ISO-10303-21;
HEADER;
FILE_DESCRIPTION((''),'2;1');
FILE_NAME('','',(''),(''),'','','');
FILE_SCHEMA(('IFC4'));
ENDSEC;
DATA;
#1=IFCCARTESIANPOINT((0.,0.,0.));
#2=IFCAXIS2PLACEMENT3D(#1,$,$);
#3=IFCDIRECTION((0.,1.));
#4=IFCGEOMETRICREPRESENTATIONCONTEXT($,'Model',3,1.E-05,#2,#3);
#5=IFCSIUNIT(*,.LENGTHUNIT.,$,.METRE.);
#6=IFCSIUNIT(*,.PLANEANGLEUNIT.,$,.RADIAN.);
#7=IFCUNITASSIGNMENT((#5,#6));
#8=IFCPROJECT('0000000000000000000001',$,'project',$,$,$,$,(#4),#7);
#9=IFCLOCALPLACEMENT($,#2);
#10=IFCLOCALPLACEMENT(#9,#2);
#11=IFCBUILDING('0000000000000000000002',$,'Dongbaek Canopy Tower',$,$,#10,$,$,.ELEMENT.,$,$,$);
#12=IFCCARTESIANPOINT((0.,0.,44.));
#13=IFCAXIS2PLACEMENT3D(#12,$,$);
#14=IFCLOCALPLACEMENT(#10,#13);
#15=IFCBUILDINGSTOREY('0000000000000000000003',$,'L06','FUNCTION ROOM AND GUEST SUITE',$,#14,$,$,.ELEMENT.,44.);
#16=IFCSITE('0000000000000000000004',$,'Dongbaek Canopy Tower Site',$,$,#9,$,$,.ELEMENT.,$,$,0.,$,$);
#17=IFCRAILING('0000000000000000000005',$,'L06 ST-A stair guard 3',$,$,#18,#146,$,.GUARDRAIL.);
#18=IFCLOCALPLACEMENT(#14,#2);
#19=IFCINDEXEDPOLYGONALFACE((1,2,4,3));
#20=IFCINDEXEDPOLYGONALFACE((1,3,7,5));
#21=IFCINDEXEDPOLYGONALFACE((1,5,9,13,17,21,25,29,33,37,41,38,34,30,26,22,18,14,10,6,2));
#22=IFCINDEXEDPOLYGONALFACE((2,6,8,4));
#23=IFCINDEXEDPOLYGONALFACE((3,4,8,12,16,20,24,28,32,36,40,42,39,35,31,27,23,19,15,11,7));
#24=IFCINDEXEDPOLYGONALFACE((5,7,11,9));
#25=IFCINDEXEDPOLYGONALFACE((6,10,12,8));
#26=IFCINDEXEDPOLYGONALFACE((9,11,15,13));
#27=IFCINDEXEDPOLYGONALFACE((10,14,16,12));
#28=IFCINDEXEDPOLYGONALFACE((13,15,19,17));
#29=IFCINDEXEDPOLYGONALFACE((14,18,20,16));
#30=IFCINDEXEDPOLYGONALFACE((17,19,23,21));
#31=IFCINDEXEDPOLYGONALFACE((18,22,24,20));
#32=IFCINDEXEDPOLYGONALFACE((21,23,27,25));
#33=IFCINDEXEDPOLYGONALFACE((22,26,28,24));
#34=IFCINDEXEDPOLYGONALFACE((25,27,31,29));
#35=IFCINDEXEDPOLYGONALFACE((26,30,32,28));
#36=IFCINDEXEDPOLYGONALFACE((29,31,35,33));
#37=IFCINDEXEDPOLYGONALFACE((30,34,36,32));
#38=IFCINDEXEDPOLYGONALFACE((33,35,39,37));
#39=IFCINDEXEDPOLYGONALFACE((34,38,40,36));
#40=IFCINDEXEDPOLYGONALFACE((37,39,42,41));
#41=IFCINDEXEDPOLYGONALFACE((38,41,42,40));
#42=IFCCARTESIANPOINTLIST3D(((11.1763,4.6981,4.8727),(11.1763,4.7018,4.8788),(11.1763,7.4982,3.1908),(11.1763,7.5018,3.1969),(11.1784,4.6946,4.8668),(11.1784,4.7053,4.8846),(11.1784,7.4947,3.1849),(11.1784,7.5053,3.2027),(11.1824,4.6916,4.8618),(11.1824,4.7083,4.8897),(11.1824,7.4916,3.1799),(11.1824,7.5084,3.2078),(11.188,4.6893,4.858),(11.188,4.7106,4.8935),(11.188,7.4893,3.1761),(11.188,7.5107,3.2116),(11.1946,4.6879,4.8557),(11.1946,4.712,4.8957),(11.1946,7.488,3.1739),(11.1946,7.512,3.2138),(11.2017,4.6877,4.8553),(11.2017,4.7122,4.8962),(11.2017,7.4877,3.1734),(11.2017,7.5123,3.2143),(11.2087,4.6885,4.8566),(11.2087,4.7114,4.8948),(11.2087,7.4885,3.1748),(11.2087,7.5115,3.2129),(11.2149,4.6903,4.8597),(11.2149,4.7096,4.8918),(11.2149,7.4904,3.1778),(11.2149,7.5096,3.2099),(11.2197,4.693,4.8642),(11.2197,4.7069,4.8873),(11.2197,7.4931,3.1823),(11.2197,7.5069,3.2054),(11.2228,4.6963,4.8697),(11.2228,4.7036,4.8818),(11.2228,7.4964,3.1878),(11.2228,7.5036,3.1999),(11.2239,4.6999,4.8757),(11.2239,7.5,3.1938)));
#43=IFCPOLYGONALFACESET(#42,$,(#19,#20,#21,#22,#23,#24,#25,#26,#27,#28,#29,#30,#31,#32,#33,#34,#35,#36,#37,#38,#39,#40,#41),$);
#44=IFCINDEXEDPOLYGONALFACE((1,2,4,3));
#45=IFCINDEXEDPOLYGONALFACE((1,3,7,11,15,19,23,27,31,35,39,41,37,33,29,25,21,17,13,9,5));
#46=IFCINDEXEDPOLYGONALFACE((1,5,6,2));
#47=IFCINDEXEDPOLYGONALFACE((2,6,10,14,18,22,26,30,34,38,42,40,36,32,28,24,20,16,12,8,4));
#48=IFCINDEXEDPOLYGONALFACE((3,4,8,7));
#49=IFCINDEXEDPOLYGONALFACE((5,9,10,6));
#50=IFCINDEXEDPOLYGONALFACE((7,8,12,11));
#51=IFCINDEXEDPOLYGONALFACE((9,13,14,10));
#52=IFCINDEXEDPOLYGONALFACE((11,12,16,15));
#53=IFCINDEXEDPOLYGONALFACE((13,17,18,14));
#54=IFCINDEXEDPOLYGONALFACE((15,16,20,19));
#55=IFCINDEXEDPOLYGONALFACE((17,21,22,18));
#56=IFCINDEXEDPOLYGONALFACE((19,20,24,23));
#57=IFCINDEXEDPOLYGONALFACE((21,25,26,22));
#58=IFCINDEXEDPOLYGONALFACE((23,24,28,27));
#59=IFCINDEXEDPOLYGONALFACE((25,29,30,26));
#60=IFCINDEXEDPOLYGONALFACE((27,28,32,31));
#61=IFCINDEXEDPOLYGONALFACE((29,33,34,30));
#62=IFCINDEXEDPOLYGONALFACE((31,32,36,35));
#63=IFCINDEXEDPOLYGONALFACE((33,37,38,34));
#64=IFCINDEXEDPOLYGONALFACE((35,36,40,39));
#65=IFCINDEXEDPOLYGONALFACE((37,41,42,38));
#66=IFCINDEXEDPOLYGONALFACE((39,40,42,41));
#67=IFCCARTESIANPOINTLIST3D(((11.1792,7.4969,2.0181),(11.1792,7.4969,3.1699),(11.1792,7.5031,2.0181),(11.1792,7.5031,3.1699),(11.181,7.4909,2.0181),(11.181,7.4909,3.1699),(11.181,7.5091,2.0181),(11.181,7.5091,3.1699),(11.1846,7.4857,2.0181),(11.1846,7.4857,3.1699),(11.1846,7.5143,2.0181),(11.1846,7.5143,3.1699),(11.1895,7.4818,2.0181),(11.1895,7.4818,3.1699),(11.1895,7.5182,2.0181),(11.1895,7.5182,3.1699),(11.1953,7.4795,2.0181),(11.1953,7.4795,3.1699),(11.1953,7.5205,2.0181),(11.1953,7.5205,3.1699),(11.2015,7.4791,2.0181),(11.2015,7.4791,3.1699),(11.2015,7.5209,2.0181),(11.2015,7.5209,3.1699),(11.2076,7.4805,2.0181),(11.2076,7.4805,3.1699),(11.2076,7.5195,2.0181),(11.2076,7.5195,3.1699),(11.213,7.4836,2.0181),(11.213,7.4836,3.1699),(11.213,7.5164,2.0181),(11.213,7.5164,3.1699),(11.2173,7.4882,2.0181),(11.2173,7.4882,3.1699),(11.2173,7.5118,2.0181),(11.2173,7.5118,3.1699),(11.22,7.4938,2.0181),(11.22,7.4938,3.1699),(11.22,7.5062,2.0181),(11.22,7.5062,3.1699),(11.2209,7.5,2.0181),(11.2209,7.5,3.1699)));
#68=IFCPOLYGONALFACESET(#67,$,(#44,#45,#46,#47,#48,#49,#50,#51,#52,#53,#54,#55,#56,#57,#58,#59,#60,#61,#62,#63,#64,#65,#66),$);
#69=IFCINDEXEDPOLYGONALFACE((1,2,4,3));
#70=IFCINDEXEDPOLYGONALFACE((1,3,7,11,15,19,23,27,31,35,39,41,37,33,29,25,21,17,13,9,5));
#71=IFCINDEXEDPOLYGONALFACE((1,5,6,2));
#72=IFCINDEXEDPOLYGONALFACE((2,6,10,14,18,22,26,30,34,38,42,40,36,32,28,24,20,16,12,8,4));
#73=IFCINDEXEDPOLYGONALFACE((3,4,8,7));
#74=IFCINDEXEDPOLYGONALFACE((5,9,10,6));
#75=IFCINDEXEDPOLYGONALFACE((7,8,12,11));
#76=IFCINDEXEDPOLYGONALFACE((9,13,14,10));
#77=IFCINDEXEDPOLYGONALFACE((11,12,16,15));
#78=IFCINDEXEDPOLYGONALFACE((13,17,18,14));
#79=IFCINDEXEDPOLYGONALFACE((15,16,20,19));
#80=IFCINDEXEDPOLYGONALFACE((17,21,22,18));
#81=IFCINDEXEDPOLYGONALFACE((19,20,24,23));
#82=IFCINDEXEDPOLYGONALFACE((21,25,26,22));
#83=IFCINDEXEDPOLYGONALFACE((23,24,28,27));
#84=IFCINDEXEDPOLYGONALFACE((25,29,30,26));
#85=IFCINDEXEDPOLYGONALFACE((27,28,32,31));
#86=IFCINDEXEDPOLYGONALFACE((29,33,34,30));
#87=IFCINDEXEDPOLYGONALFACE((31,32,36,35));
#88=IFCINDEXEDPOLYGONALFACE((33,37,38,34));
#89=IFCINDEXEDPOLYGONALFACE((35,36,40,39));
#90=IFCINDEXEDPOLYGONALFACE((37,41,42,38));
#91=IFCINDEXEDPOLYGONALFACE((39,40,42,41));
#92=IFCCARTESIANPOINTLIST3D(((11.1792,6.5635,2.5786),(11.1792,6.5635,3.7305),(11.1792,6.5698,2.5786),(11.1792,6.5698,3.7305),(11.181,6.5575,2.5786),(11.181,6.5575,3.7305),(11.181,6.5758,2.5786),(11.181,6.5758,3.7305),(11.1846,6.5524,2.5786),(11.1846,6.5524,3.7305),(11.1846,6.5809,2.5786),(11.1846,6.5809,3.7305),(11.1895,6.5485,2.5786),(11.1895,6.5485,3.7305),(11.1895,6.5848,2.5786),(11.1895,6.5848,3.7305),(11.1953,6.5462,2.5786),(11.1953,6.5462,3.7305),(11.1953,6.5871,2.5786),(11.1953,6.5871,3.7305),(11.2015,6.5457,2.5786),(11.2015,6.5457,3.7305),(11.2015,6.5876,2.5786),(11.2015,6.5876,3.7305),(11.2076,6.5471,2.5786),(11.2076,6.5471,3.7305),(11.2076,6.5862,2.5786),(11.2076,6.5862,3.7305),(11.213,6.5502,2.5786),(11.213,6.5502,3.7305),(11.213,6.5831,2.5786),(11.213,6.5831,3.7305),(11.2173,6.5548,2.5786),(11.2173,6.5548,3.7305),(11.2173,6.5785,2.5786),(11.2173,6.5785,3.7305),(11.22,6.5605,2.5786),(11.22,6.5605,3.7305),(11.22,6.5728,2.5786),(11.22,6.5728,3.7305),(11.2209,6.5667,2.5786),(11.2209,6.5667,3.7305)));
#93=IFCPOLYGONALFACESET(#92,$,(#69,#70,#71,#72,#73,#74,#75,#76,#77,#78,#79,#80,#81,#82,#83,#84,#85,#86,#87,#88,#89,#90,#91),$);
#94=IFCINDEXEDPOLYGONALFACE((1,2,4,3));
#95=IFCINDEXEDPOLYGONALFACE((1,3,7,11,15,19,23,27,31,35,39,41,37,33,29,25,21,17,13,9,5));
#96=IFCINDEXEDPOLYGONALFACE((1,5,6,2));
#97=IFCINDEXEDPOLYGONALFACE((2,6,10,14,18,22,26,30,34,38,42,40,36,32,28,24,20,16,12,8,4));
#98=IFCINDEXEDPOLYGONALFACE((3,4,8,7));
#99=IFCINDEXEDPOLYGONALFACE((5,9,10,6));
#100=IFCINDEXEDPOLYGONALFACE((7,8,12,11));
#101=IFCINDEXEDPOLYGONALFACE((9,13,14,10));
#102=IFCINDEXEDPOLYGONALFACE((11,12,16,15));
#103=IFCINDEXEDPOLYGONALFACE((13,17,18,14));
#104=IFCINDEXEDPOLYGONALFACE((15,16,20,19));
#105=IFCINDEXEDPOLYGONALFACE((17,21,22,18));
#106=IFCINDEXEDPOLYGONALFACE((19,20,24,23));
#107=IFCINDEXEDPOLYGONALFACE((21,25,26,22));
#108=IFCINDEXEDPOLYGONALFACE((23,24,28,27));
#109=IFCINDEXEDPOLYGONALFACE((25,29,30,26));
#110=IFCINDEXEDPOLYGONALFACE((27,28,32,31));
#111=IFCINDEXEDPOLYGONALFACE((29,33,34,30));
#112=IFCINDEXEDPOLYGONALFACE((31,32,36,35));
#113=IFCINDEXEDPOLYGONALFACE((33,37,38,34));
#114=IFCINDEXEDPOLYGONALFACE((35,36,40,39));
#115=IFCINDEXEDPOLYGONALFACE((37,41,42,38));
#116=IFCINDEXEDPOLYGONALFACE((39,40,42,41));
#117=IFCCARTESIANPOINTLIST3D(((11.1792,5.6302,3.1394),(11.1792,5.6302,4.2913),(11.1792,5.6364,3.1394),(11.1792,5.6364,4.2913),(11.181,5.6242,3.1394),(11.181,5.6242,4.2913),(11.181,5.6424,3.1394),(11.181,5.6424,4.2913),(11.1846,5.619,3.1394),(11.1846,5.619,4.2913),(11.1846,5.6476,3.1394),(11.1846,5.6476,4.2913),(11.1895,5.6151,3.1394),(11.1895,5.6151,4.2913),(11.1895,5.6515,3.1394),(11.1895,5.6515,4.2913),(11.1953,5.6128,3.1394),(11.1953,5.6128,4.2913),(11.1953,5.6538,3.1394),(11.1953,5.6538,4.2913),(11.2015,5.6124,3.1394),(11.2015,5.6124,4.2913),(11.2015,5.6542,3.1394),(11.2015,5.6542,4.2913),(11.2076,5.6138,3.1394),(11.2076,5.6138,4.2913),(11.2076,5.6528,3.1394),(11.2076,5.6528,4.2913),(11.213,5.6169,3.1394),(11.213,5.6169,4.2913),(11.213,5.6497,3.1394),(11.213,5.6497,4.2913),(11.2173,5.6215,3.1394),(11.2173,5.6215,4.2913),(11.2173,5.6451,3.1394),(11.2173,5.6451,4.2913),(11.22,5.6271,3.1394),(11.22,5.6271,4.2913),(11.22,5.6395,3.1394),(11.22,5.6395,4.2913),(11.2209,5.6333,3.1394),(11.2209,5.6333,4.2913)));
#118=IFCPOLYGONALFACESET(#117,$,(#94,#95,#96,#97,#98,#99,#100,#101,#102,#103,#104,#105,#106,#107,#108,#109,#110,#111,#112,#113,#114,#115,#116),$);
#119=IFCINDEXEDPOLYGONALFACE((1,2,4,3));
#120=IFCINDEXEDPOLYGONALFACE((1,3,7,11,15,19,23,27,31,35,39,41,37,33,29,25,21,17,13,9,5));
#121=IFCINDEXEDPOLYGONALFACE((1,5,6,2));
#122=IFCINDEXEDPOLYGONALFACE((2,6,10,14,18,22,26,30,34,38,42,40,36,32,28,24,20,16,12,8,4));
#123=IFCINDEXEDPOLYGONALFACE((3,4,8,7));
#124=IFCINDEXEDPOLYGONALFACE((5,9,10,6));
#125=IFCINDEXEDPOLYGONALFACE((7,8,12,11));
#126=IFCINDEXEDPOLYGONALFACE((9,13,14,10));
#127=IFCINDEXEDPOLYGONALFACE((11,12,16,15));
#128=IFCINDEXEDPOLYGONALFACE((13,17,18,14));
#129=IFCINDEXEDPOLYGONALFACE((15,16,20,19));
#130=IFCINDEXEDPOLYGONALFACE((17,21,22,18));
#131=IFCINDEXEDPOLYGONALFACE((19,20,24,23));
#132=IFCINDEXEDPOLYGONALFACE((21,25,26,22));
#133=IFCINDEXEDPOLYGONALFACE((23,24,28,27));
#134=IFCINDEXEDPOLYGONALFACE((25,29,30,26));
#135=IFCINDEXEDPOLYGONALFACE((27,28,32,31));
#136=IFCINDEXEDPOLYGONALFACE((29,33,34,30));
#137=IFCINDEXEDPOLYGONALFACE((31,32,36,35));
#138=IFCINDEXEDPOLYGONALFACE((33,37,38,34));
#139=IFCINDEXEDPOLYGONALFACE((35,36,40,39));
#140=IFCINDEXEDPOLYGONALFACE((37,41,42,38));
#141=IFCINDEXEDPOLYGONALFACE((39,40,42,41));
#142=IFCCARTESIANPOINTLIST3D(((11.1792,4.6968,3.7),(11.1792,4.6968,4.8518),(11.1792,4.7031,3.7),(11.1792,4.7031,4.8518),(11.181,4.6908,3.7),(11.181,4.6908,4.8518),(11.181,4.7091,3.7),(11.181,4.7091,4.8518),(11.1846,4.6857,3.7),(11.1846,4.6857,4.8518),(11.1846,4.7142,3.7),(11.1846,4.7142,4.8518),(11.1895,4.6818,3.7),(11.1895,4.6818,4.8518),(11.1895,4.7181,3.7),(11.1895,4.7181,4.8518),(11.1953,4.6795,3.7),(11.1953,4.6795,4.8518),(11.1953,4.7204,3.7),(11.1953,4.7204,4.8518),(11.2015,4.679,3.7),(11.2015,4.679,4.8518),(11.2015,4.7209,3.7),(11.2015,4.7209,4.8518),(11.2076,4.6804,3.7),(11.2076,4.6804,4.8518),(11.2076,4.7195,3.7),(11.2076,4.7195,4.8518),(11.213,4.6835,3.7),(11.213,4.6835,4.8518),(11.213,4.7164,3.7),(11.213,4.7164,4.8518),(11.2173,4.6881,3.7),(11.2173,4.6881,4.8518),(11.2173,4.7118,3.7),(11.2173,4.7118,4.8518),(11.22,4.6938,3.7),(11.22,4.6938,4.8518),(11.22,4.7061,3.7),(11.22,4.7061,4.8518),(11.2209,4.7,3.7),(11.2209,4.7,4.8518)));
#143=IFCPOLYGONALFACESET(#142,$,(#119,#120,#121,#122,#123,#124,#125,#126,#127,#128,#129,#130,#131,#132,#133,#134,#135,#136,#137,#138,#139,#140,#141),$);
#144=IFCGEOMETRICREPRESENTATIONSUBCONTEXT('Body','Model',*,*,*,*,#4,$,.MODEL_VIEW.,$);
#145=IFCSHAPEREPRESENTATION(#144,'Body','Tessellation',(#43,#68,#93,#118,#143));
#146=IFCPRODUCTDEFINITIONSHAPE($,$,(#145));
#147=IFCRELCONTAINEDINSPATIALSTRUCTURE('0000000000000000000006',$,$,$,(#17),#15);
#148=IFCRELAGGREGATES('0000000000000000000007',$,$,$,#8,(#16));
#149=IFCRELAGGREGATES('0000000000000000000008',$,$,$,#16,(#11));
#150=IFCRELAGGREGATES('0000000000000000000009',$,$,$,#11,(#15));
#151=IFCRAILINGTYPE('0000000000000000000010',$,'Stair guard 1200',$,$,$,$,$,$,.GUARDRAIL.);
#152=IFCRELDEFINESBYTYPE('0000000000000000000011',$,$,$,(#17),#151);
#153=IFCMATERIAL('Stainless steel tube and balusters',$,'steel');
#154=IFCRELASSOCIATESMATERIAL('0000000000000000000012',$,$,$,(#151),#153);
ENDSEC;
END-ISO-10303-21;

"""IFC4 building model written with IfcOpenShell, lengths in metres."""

from ifc_helpers import new_model, si_unit, direction, frame, origin, origin_2d, place, context, subcontext, project, spatial, circle, extrude, material, type_object, element, save


model = new_model("IFC4")

# Units and contexts
model_context = context("Model", 3, precision=1e-05, world=origin(), true_north=direction((0.0, 1.0)))
body_context = subcontext(model_context, "Body", "Model", "MODEL_VIEW")
ifc_project = project(units=[si_unit("LENGTHUNIT", "METRE"), si_unit("PLANEANGLEUNIT", "RADIAN")], contexts=[model_context])

# Site, building, storey
site_placement = place(None, origin())
site = spatial("IfcSite", under=ifc_project, at=site_placement, Name="Dongbaek Canopy Tower Site", CompositionType="ELEMENT", RefElevation=0.0)
building_placement = place(site_placement, origin())
building = spatial("IfcBuilding", under=site, at=building_placement, Name="Dongbaek Canopy Tower", CompositionType="ELEMENT")
storey_placement = place(building_placement, frame((0.0, 0.0, 44.0)))
storey = spatial("IfcBuildingStorey", under=building, at=storey_placement, Name="L06", Description="FUNCTION ROOM AND GUEST SUITE", CompositionType="ELEMENT", Elevation=44.0)

# Railing
ifc_material_1 = material(Name="Stainless steel tube and balusters", Category="steel")
railing_type_1 = type_object("IfcRailingType", Name="Stair guard 1200", PredefinedType="GUARDRAIL", material=ifc_material_1)
railing_1_placement = place(storey_placement, frame((11.2, 7.5, 2.0181)))
element("IfcRailing", 1, at=railing_1_placement, inside=storey, type_object=railing_type_1, Name="L06 ST-A stair guard 3", PredefinedType="GUARDRAIL", context=body_context, shape_type="SweptSolid", body=[
    extrude(circle(Radius=0.0239, at=origin_2d()), frame((0.0, 0.0, 1.1758), z_axis=(0.0, -0.857242, 0.514913), x_axis=(1.0, 0.0, 0.0)), (0.0, 0.0, 1.0), 3.2664),
    extrude(circle(Radius=0.021, at=origin_2d()), origin(), (0.0, 0.0, 1.0), 1.1519),
    extrude(circle(Radius=0.021, at=origin_2d()), frame((0.0, -0.9333, 0.5605)), (0.0, 0.0, 1.0), 1.1519),
    extrude(circle(Radius=0.021, at=origin_2d()), frame((0.0, -1.8667, 1.1213)), (0.0, 0.0, 1.0), 1.1519),
    extrude(circle(Radius=0.021, at=origin_2d()), frame((0.0, -2.8, 1.6819)), (0.0, 0.0, 1.0), 1.1519),
])

save(model, "model.ifc")
